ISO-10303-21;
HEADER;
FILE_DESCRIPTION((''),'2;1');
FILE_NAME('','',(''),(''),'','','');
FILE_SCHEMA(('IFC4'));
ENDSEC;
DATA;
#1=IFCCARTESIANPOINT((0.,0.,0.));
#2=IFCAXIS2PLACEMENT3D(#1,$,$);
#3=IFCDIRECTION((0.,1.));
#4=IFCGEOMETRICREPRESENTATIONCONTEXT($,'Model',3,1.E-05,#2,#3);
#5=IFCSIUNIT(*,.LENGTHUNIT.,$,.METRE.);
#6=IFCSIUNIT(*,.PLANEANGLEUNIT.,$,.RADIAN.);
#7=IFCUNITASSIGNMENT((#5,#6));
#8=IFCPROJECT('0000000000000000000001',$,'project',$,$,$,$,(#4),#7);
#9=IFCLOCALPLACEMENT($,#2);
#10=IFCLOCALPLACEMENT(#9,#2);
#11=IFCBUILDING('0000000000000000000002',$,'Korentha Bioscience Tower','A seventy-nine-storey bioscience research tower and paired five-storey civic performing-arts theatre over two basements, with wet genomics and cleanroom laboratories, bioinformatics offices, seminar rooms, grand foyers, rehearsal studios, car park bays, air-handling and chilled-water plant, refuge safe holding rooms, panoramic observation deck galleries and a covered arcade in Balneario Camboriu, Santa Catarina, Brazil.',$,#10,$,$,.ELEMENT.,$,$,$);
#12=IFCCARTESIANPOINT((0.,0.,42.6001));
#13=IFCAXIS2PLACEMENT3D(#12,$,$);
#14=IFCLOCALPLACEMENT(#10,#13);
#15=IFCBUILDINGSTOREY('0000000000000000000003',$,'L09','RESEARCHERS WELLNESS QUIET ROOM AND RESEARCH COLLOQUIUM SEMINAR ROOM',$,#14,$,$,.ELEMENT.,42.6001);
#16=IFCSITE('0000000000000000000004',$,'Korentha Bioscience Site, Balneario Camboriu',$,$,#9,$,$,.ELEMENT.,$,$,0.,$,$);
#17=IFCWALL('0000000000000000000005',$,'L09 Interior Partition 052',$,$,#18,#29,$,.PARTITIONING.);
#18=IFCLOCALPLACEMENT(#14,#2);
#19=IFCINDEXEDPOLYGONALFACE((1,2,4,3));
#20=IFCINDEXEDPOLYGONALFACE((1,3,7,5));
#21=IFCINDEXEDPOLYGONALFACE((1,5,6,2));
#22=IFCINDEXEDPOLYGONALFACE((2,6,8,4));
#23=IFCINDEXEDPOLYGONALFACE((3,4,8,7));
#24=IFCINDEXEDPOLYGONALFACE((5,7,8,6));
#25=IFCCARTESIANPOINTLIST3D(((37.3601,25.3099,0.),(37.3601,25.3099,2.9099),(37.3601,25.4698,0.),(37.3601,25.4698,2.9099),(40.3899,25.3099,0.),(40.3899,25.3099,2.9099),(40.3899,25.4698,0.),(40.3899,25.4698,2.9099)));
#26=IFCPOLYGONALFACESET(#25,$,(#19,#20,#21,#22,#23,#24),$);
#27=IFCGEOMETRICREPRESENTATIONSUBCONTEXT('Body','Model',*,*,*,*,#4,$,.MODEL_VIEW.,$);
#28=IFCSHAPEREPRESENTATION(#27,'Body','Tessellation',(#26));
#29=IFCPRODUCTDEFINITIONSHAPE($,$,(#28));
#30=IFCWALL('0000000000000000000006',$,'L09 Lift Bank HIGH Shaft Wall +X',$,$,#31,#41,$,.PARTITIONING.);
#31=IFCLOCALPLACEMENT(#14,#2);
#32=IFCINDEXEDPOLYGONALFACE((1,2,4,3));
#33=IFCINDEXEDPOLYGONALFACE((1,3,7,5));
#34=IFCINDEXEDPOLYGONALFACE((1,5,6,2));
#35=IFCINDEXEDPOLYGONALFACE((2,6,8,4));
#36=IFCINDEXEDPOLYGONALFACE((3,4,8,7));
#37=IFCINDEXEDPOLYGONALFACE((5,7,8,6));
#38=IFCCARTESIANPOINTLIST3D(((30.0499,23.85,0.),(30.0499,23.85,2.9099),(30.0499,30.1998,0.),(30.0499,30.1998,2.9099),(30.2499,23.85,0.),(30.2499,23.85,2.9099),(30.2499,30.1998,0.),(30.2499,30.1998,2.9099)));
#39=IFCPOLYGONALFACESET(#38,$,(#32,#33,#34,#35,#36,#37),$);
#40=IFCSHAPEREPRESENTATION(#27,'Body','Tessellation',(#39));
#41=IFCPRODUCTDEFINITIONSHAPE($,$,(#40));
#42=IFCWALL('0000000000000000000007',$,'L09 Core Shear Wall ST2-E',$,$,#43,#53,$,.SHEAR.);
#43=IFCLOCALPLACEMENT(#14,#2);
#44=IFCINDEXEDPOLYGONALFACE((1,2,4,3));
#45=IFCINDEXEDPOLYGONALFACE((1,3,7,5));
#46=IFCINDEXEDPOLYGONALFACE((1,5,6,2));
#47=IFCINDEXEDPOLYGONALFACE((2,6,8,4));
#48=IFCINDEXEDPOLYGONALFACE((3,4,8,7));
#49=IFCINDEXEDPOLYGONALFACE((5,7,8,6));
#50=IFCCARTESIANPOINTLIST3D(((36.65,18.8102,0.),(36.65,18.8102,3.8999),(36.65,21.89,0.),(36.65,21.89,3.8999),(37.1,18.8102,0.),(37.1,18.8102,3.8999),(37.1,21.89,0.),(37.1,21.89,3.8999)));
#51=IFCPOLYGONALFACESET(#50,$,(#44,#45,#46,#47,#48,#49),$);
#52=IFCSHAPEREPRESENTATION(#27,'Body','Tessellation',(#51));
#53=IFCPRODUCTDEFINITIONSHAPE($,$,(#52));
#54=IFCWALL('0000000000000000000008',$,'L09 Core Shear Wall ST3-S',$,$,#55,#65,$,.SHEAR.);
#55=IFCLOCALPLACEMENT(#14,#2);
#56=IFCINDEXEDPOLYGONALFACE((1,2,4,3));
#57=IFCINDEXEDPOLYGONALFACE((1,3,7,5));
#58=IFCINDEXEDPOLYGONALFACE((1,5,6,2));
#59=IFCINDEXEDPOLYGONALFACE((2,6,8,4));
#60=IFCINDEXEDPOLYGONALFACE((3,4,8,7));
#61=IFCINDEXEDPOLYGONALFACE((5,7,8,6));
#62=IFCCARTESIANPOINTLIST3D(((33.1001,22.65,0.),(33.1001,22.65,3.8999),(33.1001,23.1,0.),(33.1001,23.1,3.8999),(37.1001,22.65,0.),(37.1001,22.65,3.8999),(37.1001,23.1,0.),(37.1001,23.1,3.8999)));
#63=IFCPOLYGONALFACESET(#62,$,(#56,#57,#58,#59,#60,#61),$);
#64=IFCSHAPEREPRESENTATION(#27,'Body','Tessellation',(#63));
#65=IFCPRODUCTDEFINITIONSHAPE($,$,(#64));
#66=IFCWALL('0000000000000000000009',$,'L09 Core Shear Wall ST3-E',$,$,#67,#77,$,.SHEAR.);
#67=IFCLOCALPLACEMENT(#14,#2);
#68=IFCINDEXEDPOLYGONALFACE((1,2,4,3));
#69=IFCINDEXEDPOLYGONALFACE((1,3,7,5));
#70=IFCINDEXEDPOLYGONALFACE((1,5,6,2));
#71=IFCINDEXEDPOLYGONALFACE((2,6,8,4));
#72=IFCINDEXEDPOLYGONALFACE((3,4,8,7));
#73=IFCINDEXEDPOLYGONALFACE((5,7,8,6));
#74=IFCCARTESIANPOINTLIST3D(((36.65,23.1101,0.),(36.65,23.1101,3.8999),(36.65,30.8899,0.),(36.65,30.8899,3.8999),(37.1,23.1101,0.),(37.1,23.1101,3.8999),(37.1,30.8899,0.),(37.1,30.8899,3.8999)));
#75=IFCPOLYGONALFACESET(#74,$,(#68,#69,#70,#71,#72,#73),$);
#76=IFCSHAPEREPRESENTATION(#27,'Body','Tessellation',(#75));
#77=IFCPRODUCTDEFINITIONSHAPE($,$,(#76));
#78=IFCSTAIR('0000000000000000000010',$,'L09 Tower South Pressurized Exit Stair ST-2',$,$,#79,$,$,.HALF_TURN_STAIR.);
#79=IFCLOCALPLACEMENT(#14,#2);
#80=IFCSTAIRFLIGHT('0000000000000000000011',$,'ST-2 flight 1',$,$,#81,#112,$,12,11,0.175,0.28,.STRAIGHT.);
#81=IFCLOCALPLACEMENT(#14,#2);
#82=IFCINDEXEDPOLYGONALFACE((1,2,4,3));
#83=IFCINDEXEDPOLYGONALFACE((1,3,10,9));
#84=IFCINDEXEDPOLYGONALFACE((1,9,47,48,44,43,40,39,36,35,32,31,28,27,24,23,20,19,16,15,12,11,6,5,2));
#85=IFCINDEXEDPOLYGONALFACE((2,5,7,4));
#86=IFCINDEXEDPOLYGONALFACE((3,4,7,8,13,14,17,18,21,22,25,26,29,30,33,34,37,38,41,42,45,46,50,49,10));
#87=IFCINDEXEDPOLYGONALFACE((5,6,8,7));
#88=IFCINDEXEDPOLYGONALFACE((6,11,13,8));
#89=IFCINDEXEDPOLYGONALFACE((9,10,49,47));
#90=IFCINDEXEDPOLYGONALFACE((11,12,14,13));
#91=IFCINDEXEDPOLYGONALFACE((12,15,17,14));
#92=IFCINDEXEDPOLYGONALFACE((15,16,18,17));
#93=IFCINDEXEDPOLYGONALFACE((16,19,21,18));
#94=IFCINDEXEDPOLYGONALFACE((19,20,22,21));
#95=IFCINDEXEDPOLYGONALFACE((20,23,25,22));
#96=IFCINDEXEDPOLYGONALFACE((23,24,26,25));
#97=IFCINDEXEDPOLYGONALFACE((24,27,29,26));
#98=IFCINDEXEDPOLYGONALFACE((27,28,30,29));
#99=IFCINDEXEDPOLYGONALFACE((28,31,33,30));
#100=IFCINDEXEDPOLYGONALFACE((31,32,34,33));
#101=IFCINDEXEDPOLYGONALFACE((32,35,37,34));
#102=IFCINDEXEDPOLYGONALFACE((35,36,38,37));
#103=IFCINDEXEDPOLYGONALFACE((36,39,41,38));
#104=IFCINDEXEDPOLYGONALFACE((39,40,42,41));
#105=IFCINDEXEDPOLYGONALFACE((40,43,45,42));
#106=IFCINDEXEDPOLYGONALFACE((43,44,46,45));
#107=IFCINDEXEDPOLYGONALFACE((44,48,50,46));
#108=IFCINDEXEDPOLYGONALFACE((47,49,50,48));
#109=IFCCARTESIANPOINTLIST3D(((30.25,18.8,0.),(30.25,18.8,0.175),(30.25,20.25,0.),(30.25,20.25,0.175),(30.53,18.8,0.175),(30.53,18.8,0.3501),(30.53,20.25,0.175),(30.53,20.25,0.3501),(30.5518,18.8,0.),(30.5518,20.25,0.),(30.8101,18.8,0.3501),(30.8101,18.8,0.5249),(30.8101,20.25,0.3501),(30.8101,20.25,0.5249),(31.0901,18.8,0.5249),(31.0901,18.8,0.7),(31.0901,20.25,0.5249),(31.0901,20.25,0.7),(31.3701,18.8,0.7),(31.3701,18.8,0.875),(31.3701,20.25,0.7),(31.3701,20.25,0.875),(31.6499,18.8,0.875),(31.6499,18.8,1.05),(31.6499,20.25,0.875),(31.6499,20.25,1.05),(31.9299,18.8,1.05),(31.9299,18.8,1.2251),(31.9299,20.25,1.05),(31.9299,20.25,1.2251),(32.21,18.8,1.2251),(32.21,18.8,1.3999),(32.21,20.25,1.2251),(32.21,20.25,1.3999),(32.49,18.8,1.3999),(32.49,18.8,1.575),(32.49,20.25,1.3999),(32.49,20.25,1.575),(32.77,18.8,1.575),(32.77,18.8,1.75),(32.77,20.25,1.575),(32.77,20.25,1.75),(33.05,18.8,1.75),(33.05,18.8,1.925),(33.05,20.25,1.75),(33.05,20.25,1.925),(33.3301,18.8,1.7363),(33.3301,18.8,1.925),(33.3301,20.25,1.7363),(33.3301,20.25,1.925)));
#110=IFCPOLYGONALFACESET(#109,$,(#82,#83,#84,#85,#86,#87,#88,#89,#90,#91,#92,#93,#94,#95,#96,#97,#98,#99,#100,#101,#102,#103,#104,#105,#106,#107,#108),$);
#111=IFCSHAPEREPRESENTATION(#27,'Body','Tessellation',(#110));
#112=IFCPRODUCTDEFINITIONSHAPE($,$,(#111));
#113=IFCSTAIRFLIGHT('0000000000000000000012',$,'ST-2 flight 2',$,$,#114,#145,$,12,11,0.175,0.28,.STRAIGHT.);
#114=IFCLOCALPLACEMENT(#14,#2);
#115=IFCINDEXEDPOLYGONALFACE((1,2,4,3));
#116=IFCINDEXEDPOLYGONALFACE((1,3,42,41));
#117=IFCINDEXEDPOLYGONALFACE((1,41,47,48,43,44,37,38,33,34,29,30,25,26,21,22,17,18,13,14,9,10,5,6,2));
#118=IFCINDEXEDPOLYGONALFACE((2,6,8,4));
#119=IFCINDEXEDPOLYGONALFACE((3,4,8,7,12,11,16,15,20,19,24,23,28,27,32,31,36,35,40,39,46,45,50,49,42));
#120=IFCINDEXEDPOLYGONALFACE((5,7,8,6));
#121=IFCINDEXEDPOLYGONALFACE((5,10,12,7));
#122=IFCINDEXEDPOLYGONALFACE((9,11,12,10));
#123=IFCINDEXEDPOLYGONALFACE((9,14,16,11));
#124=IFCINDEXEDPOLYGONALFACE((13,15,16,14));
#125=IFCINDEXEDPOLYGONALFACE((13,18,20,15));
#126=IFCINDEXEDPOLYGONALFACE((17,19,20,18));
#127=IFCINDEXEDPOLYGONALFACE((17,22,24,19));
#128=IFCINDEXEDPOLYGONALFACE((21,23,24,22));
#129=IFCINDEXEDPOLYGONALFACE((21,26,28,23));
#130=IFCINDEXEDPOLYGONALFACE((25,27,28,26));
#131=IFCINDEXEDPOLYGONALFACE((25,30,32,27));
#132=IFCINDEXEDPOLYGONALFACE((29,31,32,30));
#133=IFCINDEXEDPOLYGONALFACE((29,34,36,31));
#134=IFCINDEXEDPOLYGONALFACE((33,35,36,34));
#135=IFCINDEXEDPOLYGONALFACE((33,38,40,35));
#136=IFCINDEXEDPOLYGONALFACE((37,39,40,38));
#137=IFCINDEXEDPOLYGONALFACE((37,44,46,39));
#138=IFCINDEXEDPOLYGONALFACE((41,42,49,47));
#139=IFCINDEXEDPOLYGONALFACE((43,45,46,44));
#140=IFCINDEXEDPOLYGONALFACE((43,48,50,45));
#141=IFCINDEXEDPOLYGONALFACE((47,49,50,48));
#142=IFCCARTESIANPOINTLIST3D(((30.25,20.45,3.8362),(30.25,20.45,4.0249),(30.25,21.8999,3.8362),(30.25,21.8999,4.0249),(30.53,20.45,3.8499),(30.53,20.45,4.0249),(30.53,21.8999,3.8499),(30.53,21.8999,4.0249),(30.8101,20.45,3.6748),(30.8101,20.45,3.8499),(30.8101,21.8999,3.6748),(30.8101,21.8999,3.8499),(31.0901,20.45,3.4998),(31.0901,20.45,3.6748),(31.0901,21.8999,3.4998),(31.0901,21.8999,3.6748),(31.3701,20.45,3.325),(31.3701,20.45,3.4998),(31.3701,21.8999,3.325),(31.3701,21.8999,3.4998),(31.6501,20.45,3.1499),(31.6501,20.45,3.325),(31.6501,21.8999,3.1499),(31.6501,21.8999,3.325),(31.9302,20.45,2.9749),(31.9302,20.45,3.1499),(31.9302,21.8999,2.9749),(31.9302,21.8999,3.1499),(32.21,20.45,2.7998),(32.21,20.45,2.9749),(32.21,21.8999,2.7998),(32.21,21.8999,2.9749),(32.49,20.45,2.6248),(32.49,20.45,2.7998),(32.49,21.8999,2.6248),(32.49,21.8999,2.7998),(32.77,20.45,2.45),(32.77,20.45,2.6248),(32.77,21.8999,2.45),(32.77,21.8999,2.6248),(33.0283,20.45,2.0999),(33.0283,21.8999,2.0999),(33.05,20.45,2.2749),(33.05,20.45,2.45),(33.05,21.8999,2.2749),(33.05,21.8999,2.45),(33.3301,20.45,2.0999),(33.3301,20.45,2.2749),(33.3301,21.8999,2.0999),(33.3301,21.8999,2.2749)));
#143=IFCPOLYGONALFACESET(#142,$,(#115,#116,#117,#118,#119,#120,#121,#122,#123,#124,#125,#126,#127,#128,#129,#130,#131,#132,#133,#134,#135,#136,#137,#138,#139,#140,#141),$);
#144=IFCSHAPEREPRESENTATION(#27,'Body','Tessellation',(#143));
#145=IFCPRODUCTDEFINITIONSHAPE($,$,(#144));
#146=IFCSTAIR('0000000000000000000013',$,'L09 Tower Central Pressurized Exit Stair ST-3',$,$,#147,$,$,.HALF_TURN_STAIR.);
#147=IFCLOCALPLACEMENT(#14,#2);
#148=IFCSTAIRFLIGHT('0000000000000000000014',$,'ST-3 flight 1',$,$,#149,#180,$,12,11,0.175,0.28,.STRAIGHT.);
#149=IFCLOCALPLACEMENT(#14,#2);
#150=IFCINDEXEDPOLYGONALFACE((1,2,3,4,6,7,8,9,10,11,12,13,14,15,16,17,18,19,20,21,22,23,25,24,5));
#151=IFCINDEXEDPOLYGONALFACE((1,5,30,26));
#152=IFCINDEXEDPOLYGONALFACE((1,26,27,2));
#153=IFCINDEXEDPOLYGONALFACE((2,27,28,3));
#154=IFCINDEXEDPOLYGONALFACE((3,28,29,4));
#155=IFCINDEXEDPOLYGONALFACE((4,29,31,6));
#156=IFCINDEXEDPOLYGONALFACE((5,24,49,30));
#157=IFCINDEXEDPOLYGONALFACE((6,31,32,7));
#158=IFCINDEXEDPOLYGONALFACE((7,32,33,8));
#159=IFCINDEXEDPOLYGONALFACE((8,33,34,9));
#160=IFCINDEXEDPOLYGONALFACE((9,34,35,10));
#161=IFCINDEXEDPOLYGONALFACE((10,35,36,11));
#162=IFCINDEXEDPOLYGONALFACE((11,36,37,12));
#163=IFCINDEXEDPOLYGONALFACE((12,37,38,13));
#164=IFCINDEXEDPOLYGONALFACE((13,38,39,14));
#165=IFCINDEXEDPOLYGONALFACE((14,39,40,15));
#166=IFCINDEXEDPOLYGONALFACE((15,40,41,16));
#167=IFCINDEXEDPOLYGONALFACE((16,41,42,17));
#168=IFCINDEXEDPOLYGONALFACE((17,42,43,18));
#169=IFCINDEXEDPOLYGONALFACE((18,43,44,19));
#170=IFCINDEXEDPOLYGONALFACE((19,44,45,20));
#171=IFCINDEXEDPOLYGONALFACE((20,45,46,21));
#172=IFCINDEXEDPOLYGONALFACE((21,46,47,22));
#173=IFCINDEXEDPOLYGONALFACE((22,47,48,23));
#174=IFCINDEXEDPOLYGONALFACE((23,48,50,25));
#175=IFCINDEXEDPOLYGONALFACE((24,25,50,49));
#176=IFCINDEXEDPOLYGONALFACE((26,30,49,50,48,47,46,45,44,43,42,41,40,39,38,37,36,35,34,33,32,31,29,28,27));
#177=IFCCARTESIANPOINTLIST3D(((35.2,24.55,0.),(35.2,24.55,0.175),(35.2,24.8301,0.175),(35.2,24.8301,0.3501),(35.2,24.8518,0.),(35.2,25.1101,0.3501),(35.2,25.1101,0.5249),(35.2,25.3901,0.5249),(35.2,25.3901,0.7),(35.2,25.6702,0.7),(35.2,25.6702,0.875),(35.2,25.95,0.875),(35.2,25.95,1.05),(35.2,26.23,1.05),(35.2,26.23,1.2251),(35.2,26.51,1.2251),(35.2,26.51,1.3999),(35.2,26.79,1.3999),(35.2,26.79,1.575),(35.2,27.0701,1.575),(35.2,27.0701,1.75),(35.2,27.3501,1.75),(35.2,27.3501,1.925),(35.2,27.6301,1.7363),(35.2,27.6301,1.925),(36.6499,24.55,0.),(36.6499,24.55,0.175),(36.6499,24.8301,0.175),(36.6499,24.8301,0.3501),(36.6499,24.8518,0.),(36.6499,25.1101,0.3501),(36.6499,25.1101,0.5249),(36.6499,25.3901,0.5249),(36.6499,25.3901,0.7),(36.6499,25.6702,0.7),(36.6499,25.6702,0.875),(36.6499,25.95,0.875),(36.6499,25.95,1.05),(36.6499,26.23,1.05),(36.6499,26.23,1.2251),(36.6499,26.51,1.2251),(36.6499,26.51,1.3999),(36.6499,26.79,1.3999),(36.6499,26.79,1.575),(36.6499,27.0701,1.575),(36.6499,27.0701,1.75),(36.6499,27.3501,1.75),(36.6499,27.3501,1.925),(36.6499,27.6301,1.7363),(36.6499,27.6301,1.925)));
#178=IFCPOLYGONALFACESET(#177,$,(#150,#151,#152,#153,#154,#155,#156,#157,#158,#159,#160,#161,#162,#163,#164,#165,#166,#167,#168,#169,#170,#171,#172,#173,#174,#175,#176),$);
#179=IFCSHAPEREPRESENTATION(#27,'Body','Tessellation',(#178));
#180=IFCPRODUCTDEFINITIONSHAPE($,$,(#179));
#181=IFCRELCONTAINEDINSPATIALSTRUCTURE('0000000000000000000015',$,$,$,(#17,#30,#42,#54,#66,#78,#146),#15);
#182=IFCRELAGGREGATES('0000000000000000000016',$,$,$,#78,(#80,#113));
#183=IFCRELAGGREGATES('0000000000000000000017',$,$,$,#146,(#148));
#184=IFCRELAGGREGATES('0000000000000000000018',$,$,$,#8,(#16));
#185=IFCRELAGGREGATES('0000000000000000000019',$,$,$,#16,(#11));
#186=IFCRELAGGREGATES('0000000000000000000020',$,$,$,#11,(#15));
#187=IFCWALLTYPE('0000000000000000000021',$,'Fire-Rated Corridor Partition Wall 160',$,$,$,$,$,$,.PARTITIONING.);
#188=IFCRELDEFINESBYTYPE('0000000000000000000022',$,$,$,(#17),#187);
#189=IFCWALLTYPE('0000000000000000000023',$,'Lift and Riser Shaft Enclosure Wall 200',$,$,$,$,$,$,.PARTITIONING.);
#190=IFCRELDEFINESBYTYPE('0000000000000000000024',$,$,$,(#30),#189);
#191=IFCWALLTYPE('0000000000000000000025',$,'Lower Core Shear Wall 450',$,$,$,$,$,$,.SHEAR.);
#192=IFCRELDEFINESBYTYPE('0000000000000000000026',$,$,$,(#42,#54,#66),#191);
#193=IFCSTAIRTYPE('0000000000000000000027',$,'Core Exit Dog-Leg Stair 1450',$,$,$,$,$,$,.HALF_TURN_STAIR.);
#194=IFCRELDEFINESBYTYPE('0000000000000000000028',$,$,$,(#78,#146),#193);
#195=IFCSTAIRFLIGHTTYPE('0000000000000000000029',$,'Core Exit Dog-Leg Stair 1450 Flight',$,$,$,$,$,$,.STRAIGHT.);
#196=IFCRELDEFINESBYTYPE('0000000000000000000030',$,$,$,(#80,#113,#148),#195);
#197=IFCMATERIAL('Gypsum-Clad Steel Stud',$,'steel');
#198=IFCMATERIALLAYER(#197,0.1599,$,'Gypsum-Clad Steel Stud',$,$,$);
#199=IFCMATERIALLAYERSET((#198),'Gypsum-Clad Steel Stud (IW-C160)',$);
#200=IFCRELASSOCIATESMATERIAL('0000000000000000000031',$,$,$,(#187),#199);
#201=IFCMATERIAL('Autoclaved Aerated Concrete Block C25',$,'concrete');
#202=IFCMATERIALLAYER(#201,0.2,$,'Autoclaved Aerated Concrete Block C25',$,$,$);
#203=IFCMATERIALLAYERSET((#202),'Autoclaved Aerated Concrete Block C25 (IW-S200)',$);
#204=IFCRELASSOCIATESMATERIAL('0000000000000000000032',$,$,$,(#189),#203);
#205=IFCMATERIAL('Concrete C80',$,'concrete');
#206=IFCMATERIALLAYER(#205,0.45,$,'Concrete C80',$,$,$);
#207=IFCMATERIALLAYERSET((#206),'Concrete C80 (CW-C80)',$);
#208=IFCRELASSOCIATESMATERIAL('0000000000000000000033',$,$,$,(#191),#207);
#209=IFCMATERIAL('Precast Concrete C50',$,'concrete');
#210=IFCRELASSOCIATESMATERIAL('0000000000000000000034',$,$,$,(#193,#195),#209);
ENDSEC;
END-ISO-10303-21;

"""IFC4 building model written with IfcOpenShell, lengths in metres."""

from ifc_helpers import new_model, si_unit, direction, frame, frame_2d, origin, place, context, subcontext, project, spatial, polyline, rectangle, outline, extrude, material, layer, layer_set, type_object, element, aggregate, save


model = new_model("IFC4")

# Units and contexts
model_context = context("Model", 3, precision=1e-05, world=origin(), true_north=direction((0.0, 1.0)))
body_context = subcontext(model_context, "Body", "Model", "MODEL_VIEW")
ifc_project = project(units=[si_unit("LENGTHUNIT", "METRE"), si_unit("PLANEANGLEUNIT", "RADIAN")], contexts=[model_context])

# Site, building, storey
site_placement = place(None, origin())
site = spatial("IfcSite", under=ifc_project, at=site_placement, Name="Korentha Bioscience Site, Balneario Camboriu", CompositionType="ELEMENT", RefElevation=0.0)
building_placement = place(site_placement, origin())
building = spatial("IfcBuilding", under=site, at=building_placement, Name="Korentha Bioscience Tower", Description="A seventy-nine-storey bioscience research tower and paired five-storey civic performing-arts theatre over two basements, with wet genomics and cleanroom laboratories, bioinformatics offices, seminar rooms, grand foyers, rehearsal studios, car park bays, air-handling and chilled-water plant, refuge safe holding rooms, panoramic observation deck galleries and a covered arcade in Balneario Camboriu, Santa Catarina, Brazil.", CompositionType="ELEMENT")
storey_placement = place(building_placement, frame((0.0, 0.0, 42.6001)))
storey = spatial("IfcBuildingStorey", under=building, at=storey_placement, Name="L09", Description="RESEARCHERS WELLNESS QUIET ROOM AND RESEARCH COLLOQUIUM SEMINAR ROOM", CompositionType="ELEMENT", Elevation=42.6001)

# Walls
ifc_material_1 = material(Name="Gypsum-Clad Steel Stud", Category="steel")
ifc_layer_1 = layer(ifc_material_1, 0.1599, Name="Gypsum-Clad Steel Stud")
ifc_layer_set_1 = layer_set([ifc_layer_1], Name="Gypsum-Clad Steel Stud (IW-C160)")
wall_type_1 = type_object("IfcWallType", Name="Fire-Rated Corridor Partition Wall 160", PredefinedType="PARTITIONING", material=ifc_layer_set_1)
wall_1_placement = place(storey_placement, frame((37.3601, 25.3899, 0.0), z_axis=(0.0, 0.0, 1.0), x_axis=(1.0, 0.0, 0.0)))
element("IfcWall", 1, at=wall_1_placement, inside=storey, type_object=wall_type_1, Name="L09 Interior Partition 052", PredefinedType="PARTITIONING", context=body_context, shape_type="SweptSolid", body=[
    extrude(rectangle(XDim=3.0298, YDim=0.1599, at=frame_2d((1.5149, 0.0))), origin(), (0.0, 0.0, 1.0), 2.9099),
])
ifc_material_2 = material(Name="Autoclaved Aerated Concrete Block C25", Category="concrete")
ifc_layer_2 = layer(ifc_material_2, 0.2, Name="Autoclaved Aerated Concrete Block C25")
ifc_layer_set_2 = layer_set([ifc_layer_2], Name="Autoclaved Aerated Concrete Block C25 (IW-S200)")
wall_type_2 = type_object("IfcWallType", Name="Lift and Riser Shaft Enclosure Wall 200", PredefinedType="PARTITIONING", material=ifc_layer_set_2)
wall_2_placement = place(storey_placement, frame((30.1499, 23.8501, 0.0), z_axis=(0.0, 0.0, 1.0), x_axis=(0.0, 1.0, 0.0)))
element("IfcWall", 2, at=wall_2_placement, inside=storey, type_object=wall_type_2, Name="L09 Lift Bank HIGH Shaft Wall +X", PredefinedType="PARTITIONING", context=body_context, shape_type="SweptSolid", body=[
    extrude(rectangle(XDim=6.3499, YDim=0.2, at=frame_2d((3.1748, 0.0))), origin(), (0.0, 0.0, 1.0), 2.9099),
])
ifc_material_3 = material(Name="Concrete C80", Category="concrete")
ifc_layer_3 = layer(ifc_material_3, 0.45, Name="Concrete C80")
ifc_layer_set_3 = layer_set([ifc_layer_3], Name="Concrete C80 (CW-C80)")
wall_type_3 = type_object("IfcWallType", Name="Lower Core Shear Wall 450", PredefinedType="SHEAR", material=ifc_layer_set_3)
wall_3_placement = place(storey_placement, frame((36.875, 18.8101, 0.0), z_axis=(0.0, 0.0, 1.0), x_axis=(0.0, 1.0, 0.0)))
element("IfcWall", 3, at=wall_3_placement, inside=storey, type_object=wall_type_3, Name="L09 Core Shear Wall ST2-E", PredefinedType="SHEAR", context=body_context, shape_type="SweptSolid", body=[
    extrude(rectangle(XDim=3.0798, YDim=0.45, at=frame_2d((1.54, 0.0))), origin(), (0.0, 0.0, 1.0), 3.8999),
])
wall_4_placement = place(storey_placement, frame((33.1001, 22.875, 0.0), z_axis=(0.0, 0.0, 1.0), x_axis=(1.0, 0.0, 0.0)))
element("IfcWall", 4, at=wall_4_placement, inside=storey, type_object=wall_type_3, Name="L09 Core Shear Wall ST3-S", PredefinedType="SHEAR", context=body_context, shape_type="SweptSolid", body=[
    extrude(rectangle(XDim=4.0, YDim=0.45, at=frame_2d((2.0, 0.0))), origin(), (0.0, 0.0, 1.0), 3.8999),
])
wall_5_placement = place(storey_placement, frame((36.875, 23.1101, 0.0), z_axis=(0.0, 0.0, 1.0), x_axis=(0.0, 1.0, 0.0)))
element("IfcWall", 5, at=wall_5_placement, inside=storey, type_object=wall_type_3, Name="L09 Core Shear Wall ST3-E", PredefinedType="SHEAR", context=body_context, shape_type="SweptSolid", body=[
    extrude(rectangle(XDim=7.7798, YDim=0.45, at=frame_2d((3.8899, 0.0))), origin(), (0.0, 0.0, 1.0), 3.8999),
])

# Stair, stair flights
ifc_material_4 = material(Name="Precast Concrete C50", Category="concrete")
stair_type = type_object("IfcStairType", Name="Core Exit Dog-Leg Stair 1450", PredefinedType="HALF_TURN_STAIR", material=ifc_material_4)
stair_1_placement = place(storey_placement, origin())
stair_1 = element("IfcStair", 6, at=stair_1_placement, inside=storey, type_object=stair_type, Name="L09 Tower South Pressurized Exit Stair ST-2", PredefinedType="HALF_TURN_STAIR")
stair_flight_type = type_object("IfcStairFlightType", Name="Core Exit Dog-Leg Stair 1450 Flight", PredefinedType="STRAIGHT", material=ifc_material_4)
stair_flight_1_placement = place(storey_placement, frame((30.25, 19.5249, 0.0), z_axis=(0.0, 0.0, 1.0), x_axis=(1.0, 0.0, 0.0)))
stair_flight_1 = element("IfcStairFlight", 7, at=stair_flight_1_placement, type_object=stair_flight_type, Name="ST-2 flight 1", NumberOfRisers=12, NumberOfTreads=11, PredefinedType="STRAIGHT", RiserHeight=0.175, TreadLength=0.28, context=body_context, shape_type="SweptSolid", body=[
    extrude(outline(polyline([(0.0, 0.0), (0.0, 0.175), (0.28, 0.175), (0.28, 0.3501), (0.5601, 0.3501), (0.5601, 0.5249), (0.8401, 0.5249), (0.8401, 0.7), (1.1201, 0.7), (1.1201, 0.875), (1.3999, 0.875), (1.3999, 1.05), (1.6799, 1.05), (1.6799, 1.2251), (1.96, 1.2251), (1.96, 1.3999), (2.24, 1.3999), (2.24, 1.575), (2.52, 1.575), (2.52, 1.75), (2.8, 1.75), (2.8, 1.925), (3.0801, 1.925), (3.0801, 2.1001), (3.0801, 1.7363), (0.3018, 0.0), (0.0, 0.0)])), frame((0.0, 0.7251, 0.0), z_axis=(0.0, -1.0, 0.0), x_axis=(1.0, 0.0, 0.0)), (0.0, 0.0, 1.0), 1.45),
])
stair_flight_2_placement = place(storey_placement, frame((33.3301, 21.175, 2.0999), z_axis=(0.0, 0.0, 1.0), x_axis=(-1.0, 0.0, 0.0)))
stair_flight_2 = element("IfcStairFlight", 8, at=stair_flight_2_placement, type_object=stair_flight_type, Name="ST-2 flight 2", NumberOfRisers=12, NumberOfTreads=11, PredefinedType="STRAIGHT", RiserHeight=0.175, TreadLength=0.28, context=body_context, shape_type="SweptSolid", body=[
    extrude(outline(polyline([(0.0, 0.0), (0.0, 0.175), (0.28, 0.175), (0.28, 0.3501), (0.5601, 0.3501), (0.5601, 0.5249), (0.8401, 0.5249), (0.8401, 0.7), (1.1201, 0.7), (1.1201, 0.875), (1.3999, 0.875), (1.3999, 1.05), (1.6799, 1.05), (1.6799, 1.2251), (1.96, 1.2251), (1.96, 1.3999), (2.24, 1.3999), (2.24, 1.575), (2.52, 1.575), (2.52, 1.75), (2.8, 1.75), (2.8, 1.925), (3.0801, 1.925), (3.0801, 2.1001), (3.0801, 1.7363), (0.3018, 0.0), (0.0, 0.0)])), frame((0.0, 0.7251, 0.0), z_axis=(0.0, -1.0, 0.0), x_axis=(1.0, 0.0, 0.0)), (0.0, 0.0, 1.0), 1.45),
])
aggregate(stair_1, [stair_flight_1, stair_flight_2])

# Stair, stair flight
stair_2_placement = place(storey_placement, origin())
stair_2 = element("IfcStair", 9, at=stair_2_placement, inside=storey, type_object=stair_type, Name="L09 Tower Central Pressurized Exit Stair ST-3", PredefinedType="HALF_TURN_STAIR")
stair_flight_3_placement = place(storey_placement, frame((35.925, 24.55, 0.0), z_axis=(0.0, 0.0, 1.0), x_axis=(0.0, 1.0, 0.0)))
stair_flight_3 = element("IfcStairFlight", 10, at=stair_flight_3_placement, type_object=stair_flight_type, Name="ST-3 flight 1", NumberOfRisers=12, NumberOfTreads=11, PredefinedType="STRAIGHT", RiserHeight=0.175, TreadLength=0.28, context=body_context, shape_type="SweptSolid", body=[
    extrude(outline(polyline([(0.0, 0.0), (0.0, 0.175), (0.28, 0.175), (0.28, 0.3501), (0.5601, 0.3501), (0.5601, 0.5249), (0.8401, 0.5249), (0.8401, 0.7), (1.1201, 0.7), (1.1201, 0.875), (1.3999, 0.875), (1.3999, 1.05), (1.6799, 1.05), (1.6799, 1.2251), (1.96, 1.2251), (1.96, 1.3999), (2.24, 1.3999), (2.24, 1.575), (2.52, 1.575), (2.52, 1.75), (2.8, 1.75), (2.8, 1.925), (3.0801, 1.925), (3.0801, 2.1001), (3.0801, 1.7363), (0.3018, 0.0), (0.0, 0.0)])), frame((0.0, 0.7251, 0.0), z_axis=(0.0, -1.0, 0.0), x_axis=(1.0, 0.0, 0.0)), (0.0, 0.0, 1.0), 1.45),
])
aggregate(stair_2, [stair_flight_3])

save(model, "model.ifc")
